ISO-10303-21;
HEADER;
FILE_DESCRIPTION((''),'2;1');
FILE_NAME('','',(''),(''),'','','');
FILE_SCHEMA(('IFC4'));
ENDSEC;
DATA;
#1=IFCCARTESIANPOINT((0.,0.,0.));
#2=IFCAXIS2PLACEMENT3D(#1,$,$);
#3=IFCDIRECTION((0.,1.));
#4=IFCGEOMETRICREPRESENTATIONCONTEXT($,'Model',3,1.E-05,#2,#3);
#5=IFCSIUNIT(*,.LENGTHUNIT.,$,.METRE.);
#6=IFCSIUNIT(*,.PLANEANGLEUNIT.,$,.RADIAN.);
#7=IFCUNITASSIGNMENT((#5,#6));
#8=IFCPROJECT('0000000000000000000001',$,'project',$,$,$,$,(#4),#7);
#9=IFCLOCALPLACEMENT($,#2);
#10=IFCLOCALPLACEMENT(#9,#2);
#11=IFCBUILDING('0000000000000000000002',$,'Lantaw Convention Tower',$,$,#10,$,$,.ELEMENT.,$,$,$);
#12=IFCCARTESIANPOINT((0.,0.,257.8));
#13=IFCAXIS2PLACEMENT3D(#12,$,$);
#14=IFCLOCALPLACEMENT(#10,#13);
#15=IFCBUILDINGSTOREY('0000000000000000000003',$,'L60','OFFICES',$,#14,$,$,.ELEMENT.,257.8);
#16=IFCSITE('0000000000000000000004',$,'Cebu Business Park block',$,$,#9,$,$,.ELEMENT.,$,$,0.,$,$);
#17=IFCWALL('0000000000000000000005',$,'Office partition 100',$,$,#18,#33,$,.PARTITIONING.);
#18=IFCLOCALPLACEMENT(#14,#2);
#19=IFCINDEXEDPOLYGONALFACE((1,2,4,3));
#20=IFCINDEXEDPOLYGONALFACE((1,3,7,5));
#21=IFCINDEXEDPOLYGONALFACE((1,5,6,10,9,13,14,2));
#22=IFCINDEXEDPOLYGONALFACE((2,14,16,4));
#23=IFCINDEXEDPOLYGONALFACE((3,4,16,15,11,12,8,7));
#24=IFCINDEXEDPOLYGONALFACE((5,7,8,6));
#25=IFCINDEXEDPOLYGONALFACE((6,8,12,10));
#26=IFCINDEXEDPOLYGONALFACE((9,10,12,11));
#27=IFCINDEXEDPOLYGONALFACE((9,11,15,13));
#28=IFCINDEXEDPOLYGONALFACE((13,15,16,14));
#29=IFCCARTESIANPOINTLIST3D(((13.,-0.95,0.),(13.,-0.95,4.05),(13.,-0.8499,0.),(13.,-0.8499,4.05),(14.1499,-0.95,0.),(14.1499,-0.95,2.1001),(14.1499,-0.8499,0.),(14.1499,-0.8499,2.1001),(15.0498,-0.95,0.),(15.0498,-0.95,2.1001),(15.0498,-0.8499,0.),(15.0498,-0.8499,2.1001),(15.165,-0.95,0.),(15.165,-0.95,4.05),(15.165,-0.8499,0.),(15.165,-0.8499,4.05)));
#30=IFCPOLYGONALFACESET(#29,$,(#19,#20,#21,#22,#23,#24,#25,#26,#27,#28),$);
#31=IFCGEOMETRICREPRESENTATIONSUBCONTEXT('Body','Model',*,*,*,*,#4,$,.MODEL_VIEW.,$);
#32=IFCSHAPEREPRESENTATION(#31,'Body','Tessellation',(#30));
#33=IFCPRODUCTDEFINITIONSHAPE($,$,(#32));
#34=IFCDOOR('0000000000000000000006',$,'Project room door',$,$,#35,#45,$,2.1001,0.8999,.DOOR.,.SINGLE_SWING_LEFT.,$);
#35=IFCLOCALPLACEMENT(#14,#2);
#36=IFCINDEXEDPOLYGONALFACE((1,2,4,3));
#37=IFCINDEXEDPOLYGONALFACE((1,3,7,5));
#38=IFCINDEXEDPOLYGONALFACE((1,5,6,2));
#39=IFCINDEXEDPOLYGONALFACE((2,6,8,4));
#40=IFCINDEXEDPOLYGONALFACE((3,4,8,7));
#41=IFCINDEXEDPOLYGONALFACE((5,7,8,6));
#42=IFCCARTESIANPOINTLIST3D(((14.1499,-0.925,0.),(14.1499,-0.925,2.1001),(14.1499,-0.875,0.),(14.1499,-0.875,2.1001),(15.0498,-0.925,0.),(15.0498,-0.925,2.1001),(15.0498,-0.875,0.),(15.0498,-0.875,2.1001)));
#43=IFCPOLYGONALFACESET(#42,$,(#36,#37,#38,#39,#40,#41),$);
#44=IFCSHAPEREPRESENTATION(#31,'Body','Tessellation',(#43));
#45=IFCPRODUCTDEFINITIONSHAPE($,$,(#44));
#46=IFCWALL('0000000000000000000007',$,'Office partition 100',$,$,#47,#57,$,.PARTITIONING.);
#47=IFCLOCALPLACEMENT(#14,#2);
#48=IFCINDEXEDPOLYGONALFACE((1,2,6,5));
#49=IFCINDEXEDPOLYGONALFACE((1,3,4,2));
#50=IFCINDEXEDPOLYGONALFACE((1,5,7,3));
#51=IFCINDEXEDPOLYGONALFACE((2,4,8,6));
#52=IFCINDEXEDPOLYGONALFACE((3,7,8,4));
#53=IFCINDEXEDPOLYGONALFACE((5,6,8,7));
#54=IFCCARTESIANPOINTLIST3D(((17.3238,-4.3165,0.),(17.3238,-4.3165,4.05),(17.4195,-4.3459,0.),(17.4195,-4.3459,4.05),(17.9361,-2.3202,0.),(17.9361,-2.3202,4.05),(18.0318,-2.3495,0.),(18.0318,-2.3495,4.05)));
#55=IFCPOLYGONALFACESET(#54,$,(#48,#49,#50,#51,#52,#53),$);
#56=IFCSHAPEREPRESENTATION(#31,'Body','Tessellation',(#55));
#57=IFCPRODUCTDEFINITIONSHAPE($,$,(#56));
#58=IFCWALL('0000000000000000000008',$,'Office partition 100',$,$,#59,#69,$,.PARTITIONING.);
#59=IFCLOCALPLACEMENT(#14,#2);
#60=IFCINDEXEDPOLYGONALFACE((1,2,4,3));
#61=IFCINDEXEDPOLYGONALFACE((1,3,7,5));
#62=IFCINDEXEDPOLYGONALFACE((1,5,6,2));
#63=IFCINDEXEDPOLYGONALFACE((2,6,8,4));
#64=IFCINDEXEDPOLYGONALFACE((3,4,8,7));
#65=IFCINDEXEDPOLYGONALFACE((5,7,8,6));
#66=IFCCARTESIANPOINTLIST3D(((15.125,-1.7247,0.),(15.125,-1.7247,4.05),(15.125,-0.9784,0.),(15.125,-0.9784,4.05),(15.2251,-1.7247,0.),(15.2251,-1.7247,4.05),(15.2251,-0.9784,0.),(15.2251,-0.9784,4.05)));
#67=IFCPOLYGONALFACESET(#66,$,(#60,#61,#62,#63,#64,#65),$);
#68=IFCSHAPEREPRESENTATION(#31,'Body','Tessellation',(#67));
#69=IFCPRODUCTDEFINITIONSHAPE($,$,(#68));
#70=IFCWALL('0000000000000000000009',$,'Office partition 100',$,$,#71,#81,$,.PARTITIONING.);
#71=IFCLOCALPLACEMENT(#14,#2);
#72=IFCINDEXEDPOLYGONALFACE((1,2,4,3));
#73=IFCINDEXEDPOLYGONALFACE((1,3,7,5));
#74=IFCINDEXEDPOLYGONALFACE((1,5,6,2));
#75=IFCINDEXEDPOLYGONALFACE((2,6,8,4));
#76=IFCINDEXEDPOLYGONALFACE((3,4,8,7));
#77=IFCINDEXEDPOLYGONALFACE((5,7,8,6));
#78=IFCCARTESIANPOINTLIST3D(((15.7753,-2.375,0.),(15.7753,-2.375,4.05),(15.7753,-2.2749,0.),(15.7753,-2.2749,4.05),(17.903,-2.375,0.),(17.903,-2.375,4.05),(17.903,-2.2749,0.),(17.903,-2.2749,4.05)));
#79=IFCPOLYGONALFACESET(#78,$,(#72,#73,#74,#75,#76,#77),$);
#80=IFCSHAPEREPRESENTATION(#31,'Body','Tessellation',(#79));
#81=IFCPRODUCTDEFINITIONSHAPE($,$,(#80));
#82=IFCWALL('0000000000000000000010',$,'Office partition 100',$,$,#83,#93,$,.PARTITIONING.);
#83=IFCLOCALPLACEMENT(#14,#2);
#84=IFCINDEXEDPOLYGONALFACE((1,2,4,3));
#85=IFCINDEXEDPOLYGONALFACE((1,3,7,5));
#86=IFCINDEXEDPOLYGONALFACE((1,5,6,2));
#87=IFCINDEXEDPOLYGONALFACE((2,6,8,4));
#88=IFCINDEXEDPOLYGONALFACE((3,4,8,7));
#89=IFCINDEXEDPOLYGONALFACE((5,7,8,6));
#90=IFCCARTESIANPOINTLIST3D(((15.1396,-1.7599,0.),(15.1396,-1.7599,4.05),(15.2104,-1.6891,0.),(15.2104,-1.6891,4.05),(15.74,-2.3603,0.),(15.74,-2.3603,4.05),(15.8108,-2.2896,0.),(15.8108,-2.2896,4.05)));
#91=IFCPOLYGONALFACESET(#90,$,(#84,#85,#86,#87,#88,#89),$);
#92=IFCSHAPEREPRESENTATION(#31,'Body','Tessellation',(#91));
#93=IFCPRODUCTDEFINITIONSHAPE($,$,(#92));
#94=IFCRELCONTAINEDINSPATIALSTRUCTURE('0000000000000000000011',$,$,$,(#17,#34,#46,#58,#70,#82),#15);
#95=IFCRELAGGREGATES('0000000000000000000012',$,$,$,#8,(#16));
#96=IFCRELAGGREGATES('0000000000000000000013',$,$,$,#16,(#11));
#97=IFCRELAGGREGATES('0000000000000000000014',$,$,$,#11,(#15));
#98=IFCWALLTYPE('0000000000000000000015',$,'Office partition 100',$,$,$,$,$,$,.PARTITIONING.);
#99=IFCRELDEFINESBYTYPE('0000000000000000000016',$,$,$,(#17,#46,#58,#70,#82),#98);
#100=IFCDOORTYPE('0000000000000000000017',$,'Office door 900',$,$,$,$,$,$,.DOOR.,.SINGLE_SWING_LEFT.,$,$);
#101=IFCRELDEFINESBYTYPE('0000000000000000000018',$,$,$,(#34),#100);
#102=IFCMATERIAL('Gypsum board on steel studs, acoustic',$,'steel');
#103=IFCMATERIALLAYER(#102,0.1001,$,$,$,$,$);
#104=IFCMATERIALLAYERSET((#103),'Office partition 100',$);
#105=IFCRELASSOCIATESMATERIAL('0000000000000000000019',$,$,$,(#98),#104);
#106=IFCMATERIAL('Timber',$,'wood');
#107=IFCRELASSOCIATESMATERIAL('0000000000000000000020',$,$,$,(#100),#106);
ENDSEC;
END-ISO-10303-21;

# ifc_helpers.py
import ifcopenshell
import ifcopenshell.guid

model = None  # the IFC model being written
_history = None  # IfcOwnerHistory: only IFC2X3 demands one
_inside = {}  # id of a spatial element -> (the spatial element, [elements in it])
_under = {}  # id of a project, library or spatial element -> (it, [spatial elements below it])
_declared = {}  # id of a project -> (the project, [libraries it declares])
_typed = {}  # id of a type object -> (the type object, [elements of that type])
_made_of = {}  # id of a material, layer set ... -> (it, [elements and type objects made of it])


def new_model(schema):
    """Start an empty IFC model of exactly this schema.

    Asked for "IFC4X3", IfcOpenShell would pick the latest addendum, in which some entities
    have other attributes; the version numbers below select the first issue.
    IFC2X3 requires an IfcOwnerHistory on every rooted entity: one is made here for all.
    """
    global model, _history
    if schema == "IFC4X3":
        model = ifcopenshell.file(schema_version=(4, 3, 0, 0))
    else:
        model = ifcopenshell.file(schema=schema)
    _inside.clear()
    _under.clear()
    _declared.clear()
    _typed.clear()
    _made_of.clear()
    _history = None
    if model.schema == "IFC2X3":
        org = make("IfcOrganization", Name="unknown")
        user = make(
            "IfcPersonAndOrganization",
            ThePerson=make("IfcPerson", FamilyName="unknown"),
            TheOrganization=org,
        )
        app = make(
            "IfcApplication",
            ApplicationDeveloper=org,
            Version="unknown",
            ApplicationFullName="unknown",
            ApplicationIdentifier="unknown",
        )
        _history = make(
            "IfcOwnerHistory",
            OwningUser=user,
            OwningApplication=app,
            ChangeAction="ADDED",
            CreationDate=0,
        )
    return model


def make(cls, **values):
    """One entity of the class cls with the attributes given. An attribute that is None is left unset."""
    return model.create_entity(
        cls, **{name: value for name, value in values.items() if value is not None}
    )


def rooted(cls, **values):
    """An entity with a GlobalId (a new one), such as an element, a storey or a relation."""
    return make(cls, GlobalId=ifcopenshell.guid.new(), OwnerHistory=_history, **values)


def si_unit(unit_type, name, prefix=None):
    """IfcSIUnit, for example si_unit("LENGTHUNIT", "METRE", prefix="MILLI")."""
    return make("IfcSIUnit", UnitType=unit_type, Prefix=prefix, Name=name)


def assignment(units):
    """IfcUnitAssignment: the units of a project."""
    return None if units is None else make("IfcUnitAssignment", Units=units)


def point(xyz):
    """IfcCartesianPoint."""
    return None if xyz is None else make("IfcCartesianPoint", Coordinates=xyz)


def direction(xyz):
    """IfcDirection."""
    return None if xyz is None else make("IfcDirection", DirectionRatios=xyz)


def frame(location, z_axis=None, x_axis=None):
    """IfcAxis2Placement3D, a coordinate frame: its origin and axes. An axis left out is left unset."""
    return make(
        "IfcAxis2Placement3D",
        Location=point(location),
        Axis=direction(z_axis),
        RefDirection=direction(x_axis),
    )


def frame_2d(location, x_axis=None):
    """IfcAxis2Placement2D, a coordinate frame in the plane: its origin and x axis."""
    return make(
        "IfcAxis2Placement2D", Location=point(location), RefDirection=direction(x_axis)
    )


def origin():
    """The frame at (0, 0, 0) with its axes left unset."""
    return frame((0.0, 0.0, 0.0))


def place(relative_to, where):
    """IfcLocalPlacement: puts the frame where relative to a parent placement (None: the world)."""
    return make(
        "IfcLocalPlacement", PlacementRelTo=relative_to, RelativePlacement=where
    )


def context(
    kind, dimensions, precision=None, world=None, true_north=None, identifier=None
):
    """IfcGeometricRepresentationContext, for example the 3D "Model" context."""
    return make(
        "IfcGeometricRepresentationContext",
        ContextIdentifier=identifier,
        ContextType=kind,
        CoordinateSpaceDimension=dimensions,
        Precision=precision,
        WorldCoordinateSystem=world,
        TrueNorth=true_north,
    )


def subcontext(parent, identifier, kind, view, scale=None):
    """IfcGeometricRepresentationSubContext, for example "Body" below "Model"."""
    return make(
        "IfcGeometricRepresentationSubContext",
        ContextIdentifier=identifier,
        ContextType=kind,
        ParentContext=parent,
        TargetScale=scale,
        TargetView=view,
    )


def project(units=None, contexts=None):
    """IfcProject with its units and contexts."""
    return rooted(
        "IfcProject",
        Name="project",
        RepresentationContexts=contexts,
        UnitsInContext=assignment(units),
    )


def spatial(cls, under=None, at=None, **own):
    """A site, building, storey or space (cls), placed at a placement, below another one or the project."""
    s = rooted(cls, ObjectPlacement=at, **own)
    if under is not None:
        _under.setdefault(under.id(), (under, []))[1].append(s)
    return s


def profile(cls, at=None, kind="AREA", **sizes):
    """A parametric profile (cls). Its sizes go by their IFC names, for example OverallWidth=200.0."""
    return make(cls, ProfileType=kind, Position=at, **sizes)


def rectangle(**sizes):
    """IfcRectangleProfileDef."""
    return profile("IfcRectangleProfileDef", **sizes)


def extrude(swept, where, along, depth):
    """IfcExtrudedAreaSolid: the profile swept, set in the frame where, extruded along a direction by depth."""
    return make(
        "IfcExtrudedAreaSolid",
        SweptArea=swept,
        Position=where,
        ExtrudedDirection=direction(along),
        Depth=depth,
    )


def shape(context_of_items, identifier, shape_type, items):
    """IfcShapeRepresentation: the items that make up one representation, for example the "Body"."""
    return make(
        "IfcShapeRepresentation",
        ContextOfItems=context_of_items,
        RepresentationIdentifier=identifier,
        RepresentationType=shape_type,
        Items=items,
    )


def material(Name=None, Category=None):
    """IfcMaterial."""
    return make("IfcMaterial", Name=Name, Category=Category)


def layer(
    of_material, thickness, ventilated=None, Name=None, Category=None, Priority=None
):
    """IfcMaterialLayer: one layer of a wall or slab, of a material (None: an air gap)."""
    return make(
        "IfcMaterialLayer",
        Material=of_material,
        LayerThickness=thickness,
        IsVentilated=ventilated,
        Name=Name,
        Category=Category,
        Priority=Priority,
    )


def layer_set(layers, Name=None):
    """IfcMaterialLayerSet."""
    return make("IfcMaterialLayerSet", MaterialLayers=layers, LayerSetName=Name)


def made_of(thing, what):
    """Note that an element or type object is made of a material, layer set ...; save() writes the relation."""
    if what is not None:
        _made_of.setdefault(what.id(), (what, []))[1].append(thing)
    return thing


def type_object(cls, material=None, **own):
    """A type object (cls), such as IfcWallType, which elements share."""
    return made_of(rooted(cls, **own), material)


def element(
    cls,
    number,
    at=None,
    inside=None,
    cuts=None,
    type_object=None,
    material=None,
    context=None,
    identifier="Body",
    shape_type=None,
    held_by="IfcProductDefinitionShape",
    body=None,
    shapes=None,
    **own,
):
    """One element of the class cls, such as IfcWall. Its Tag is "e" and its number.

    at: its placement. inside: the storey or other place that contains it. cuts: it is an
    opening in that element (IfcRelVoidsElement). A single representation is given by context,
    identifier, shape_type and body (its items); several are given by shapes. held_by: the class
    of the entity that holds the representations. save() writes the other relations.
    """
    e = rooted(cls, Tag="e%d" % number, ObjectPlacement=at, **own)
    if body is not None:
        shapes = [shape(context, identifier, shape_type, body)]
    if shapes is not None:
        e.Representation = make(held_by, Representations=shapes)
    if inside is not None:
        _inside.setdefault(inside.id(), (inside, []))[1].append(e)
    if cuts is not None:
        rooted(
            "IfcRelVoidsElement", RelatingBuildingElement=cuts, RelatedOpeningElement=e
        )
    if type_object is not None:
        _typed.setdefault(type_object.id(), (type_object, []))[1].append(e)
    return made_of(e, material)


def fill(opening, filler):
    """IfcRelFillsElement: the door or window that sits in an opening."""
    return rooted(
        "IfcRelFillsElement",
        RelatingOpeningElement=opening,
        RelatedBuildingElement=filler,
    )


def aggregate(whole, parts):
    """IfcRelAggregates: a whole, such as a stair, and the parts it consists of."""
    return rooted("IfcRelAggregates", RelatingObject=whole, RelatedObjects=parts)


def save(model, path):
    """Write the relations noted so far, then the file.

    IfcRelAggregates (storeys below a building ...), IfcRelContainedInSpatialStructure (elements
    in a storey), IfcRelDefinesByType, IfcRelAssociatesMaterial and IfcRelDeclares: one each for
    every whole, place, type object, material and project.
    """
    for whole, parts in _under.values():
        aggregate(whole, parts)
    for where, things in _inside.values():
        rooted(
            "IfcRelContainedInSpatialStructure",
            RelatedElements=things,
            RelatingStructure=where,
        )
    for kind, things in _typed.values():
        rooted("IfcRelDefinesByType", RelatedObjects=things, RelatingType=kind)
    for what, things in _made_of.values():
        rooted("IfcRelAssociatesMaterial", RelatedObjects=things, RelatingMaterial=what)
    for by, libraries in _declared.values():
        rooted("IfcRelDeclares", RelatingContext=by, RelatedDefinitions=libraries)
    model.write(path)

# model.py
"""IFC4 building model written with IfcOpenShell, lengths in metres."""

from ifc_helpers import new_model, si_unit, direction, frame, frame_2d, origin, place, context, subcontext, project, spatial, rectangle, extrude, material, layer, layer_set, type_object, element, fill, save


model = new_model("IFC4")

# Units and contexts
model_context = context("Model", 3, precision=1e-05, world=origin(), true_north=direction((0.0, 1.0)))
body_context = subcontext(model_context, "Body", "Model", "MODEL_VIEW")
ifc_project = project(units=[si_unit("LENGTHUNIT", "METRE"), si_unit("PLANEANGLEUNIT", "RADIAN")], contexts=[model_context])

# Site, building, storey
site_placement = place(None, origin())
site = spatial("IfcSite", under=ifc_project, at=site_placement, Name="Cebu Business Park block", CompositionType="ELEMENT", RefElevation=0.0)
building_placement = place(site_placement, origin())
building = spatial("IfcBuilding", under=site, at=building_placement, Name="Lantaw Convention Tower", CompositionType="ELEMENT")
storey_placement = place(building_placement, frame((0.0, 0.0, 257.8)))
storey = spatial("IfcBuildingStorey", under=building, at=storey_placement, Name="L60", Description="OFFICES", CompositionType="ELEMENT", Elevation=257.8)

# Shared definitions
ifc_material_1 = material(Name="Gypsum board on steel studs, acoustic", Category="steel")
ifc_layer_1 = layer(ifc_material_1, 0.1001)
ifc_layer_set_1 = layer_set([ifc_layer_1], Name="Office partition 100")
wall_type_1 = type_object("IfcWallType", Name="Office partition 100", PredefinedType="PARTITIONING", material=ifc_layer_set_1)

# Wall, opening, door
wall_1_placement = place(storey_placement, frame((13.0, -0.8999, 0.0), z_axis=(0.0, 0.0, 1.0), x_axis=(1.0, 0.0, 0.0)))
wall_1 = element("IfcWall", 1, at=wall_1_placement, inside=storey, type_object=wall_type_1, Name="Office partition 100", PredefinedType="PARTITIONING", context=body_context, shape_type="SweptSolid", body=[
    extrude(rectangle(XDim=2.165, YDim=0.1001, at=frame_2d((1.0825, 0.0))), origin(), (0.0, 0.0, 1.0), 4.05),
])
opening_1_placement = place(wall_1_placement, frame((1.1499, 0.0, 0.0)))
opening_1 = element("IfcOpeningElement", 2, at=opening_1_placement, cuts=wall_1, PredefinedType="OPENING", context=body_context, shape_type="SweptSolid", body=[
    extrude(rectangle(XDim=0.8999, YDim=2.1001, at=frame_2d((0.45, 1.05))), frame((0.0, 0.0601, 0.0), z_axis=(0.0, -1.0, 0.0), x_axis=(1.0, 0.0, 0.0)), (0.0, 0.0, 1.0), 0.1201),
])
ifc_material_2 = material(Name="Timber", Category="wood")
door_type_1 = type_object("IfcDoorType", Name="Office door 900", OperationType="SINGLE_SWING_LEFT", PredefinedType="DOOR", material=ifc_material_2)
door_1_placement = place(opening_1_placement, origin())
door_1 = element("IfcDoor", 3, at=door_1_placement, inside=storey, type_object=door_type_1, Name="Project room door", OperationType="SINGLE_SWING_LEFT", OverallHeight=2.1001, OverallWidth=0.8999, PredefinedType="DOOR", context=body_context, shape_type="SweptSolid", body=[
    extrude(rectangle(XDim=0.8999, YDim=2.1001, at=frame_2d((0.45, 1.05))), frame((0.0, 0.0249, 0.0), z_axis=(0.0, -1.0, 0.0), x_axis=(1.0, 0.0, 0.0)), (0.0, 0.0, 1.0), 0.05),
])
fill(opening_1, door_1)

# Walls
wall_2_placement = place(storey_placement, frame((17.9839, -2.335, 0.0), z_axis=(0.0, 0.0, 1.0), x_axis=(-0.293231, -0.956042, 0.0)))
element("IfcWall", 4, at=wall_2_placement, inside=storey, type_object=wall_type_1, Name="Office partition 100", PredefinedType="PARTITIONING", context=body_context, shape_type="SweptSolid", body=[
    extrude(rectangle(XDim=2.0881, YDim=0.1001, at=frame_2d((1.0439, 0.0))), origin(), (0.0, 0.0, 1.0), 4.05),
])
wall_3_placement = place(storey_placement, frame((15.175, -1.7246, 0.0), z_axis=(0.0, 0.0, 1.0), x_axis=(0.0, 1.0, 0.0)))
element("IfcWall", 5, at=wall_3_placement, inside=storey, type_object=wall_type_1, Name="Office partition 100", PredefinedType="PARTITIONING", context=body_context, shape_type="SweptSolid", body=[
    extrude(rectangle(XDim=0.7463, YDim=0.1001, at=frame_2d((0.373, 0.0))), origin(), (0.0, 0.0, 1.0), 4.05),
])
wall_4_placement = place(storey_placement, frame((17.9031, -2.325, 0.0), z_axis=(0.0, 0.0, 1.0), x_axis=(-1.0, 0.0, 0.0)))
element("IfcWall", 6, at=wall_4_placement, inside=storey, type_object=wall_type_1, Name="Office partition 100", PredefinedType="PARTITIONING", context=body_context, shape_type="SweptSolid", body=[
    extrude(rectangle(XDim=2.1277, YDim=0.1001, at=frame_2d((1.064, 0.0))), origin(), (0.0, 0.0, 1.0), 4.05),
])
wall_5_placement = place(storey_placement, frame((15.7754, -2.325, 0.0), z_axis=(0.0, 0.0, 1.0), x_axis=(-0.707107, 0.707107, 0.0)))
element("IfcWall", 7, at=wall_5_placement, inside=storey, type_object=wall_type_1, Name="Office partition 100", PredefinedType="PARTITIONING", context=body_context, shape_type="SweptSolid", body=[
    extrude(rectangle(XDim=0.8491, YDim=0.1001, at=frame_2d((0.4246, 0.0))), origin(), (0.0, 0.0, 1.0), 4.05),
])

save(model, "model.ifc")
